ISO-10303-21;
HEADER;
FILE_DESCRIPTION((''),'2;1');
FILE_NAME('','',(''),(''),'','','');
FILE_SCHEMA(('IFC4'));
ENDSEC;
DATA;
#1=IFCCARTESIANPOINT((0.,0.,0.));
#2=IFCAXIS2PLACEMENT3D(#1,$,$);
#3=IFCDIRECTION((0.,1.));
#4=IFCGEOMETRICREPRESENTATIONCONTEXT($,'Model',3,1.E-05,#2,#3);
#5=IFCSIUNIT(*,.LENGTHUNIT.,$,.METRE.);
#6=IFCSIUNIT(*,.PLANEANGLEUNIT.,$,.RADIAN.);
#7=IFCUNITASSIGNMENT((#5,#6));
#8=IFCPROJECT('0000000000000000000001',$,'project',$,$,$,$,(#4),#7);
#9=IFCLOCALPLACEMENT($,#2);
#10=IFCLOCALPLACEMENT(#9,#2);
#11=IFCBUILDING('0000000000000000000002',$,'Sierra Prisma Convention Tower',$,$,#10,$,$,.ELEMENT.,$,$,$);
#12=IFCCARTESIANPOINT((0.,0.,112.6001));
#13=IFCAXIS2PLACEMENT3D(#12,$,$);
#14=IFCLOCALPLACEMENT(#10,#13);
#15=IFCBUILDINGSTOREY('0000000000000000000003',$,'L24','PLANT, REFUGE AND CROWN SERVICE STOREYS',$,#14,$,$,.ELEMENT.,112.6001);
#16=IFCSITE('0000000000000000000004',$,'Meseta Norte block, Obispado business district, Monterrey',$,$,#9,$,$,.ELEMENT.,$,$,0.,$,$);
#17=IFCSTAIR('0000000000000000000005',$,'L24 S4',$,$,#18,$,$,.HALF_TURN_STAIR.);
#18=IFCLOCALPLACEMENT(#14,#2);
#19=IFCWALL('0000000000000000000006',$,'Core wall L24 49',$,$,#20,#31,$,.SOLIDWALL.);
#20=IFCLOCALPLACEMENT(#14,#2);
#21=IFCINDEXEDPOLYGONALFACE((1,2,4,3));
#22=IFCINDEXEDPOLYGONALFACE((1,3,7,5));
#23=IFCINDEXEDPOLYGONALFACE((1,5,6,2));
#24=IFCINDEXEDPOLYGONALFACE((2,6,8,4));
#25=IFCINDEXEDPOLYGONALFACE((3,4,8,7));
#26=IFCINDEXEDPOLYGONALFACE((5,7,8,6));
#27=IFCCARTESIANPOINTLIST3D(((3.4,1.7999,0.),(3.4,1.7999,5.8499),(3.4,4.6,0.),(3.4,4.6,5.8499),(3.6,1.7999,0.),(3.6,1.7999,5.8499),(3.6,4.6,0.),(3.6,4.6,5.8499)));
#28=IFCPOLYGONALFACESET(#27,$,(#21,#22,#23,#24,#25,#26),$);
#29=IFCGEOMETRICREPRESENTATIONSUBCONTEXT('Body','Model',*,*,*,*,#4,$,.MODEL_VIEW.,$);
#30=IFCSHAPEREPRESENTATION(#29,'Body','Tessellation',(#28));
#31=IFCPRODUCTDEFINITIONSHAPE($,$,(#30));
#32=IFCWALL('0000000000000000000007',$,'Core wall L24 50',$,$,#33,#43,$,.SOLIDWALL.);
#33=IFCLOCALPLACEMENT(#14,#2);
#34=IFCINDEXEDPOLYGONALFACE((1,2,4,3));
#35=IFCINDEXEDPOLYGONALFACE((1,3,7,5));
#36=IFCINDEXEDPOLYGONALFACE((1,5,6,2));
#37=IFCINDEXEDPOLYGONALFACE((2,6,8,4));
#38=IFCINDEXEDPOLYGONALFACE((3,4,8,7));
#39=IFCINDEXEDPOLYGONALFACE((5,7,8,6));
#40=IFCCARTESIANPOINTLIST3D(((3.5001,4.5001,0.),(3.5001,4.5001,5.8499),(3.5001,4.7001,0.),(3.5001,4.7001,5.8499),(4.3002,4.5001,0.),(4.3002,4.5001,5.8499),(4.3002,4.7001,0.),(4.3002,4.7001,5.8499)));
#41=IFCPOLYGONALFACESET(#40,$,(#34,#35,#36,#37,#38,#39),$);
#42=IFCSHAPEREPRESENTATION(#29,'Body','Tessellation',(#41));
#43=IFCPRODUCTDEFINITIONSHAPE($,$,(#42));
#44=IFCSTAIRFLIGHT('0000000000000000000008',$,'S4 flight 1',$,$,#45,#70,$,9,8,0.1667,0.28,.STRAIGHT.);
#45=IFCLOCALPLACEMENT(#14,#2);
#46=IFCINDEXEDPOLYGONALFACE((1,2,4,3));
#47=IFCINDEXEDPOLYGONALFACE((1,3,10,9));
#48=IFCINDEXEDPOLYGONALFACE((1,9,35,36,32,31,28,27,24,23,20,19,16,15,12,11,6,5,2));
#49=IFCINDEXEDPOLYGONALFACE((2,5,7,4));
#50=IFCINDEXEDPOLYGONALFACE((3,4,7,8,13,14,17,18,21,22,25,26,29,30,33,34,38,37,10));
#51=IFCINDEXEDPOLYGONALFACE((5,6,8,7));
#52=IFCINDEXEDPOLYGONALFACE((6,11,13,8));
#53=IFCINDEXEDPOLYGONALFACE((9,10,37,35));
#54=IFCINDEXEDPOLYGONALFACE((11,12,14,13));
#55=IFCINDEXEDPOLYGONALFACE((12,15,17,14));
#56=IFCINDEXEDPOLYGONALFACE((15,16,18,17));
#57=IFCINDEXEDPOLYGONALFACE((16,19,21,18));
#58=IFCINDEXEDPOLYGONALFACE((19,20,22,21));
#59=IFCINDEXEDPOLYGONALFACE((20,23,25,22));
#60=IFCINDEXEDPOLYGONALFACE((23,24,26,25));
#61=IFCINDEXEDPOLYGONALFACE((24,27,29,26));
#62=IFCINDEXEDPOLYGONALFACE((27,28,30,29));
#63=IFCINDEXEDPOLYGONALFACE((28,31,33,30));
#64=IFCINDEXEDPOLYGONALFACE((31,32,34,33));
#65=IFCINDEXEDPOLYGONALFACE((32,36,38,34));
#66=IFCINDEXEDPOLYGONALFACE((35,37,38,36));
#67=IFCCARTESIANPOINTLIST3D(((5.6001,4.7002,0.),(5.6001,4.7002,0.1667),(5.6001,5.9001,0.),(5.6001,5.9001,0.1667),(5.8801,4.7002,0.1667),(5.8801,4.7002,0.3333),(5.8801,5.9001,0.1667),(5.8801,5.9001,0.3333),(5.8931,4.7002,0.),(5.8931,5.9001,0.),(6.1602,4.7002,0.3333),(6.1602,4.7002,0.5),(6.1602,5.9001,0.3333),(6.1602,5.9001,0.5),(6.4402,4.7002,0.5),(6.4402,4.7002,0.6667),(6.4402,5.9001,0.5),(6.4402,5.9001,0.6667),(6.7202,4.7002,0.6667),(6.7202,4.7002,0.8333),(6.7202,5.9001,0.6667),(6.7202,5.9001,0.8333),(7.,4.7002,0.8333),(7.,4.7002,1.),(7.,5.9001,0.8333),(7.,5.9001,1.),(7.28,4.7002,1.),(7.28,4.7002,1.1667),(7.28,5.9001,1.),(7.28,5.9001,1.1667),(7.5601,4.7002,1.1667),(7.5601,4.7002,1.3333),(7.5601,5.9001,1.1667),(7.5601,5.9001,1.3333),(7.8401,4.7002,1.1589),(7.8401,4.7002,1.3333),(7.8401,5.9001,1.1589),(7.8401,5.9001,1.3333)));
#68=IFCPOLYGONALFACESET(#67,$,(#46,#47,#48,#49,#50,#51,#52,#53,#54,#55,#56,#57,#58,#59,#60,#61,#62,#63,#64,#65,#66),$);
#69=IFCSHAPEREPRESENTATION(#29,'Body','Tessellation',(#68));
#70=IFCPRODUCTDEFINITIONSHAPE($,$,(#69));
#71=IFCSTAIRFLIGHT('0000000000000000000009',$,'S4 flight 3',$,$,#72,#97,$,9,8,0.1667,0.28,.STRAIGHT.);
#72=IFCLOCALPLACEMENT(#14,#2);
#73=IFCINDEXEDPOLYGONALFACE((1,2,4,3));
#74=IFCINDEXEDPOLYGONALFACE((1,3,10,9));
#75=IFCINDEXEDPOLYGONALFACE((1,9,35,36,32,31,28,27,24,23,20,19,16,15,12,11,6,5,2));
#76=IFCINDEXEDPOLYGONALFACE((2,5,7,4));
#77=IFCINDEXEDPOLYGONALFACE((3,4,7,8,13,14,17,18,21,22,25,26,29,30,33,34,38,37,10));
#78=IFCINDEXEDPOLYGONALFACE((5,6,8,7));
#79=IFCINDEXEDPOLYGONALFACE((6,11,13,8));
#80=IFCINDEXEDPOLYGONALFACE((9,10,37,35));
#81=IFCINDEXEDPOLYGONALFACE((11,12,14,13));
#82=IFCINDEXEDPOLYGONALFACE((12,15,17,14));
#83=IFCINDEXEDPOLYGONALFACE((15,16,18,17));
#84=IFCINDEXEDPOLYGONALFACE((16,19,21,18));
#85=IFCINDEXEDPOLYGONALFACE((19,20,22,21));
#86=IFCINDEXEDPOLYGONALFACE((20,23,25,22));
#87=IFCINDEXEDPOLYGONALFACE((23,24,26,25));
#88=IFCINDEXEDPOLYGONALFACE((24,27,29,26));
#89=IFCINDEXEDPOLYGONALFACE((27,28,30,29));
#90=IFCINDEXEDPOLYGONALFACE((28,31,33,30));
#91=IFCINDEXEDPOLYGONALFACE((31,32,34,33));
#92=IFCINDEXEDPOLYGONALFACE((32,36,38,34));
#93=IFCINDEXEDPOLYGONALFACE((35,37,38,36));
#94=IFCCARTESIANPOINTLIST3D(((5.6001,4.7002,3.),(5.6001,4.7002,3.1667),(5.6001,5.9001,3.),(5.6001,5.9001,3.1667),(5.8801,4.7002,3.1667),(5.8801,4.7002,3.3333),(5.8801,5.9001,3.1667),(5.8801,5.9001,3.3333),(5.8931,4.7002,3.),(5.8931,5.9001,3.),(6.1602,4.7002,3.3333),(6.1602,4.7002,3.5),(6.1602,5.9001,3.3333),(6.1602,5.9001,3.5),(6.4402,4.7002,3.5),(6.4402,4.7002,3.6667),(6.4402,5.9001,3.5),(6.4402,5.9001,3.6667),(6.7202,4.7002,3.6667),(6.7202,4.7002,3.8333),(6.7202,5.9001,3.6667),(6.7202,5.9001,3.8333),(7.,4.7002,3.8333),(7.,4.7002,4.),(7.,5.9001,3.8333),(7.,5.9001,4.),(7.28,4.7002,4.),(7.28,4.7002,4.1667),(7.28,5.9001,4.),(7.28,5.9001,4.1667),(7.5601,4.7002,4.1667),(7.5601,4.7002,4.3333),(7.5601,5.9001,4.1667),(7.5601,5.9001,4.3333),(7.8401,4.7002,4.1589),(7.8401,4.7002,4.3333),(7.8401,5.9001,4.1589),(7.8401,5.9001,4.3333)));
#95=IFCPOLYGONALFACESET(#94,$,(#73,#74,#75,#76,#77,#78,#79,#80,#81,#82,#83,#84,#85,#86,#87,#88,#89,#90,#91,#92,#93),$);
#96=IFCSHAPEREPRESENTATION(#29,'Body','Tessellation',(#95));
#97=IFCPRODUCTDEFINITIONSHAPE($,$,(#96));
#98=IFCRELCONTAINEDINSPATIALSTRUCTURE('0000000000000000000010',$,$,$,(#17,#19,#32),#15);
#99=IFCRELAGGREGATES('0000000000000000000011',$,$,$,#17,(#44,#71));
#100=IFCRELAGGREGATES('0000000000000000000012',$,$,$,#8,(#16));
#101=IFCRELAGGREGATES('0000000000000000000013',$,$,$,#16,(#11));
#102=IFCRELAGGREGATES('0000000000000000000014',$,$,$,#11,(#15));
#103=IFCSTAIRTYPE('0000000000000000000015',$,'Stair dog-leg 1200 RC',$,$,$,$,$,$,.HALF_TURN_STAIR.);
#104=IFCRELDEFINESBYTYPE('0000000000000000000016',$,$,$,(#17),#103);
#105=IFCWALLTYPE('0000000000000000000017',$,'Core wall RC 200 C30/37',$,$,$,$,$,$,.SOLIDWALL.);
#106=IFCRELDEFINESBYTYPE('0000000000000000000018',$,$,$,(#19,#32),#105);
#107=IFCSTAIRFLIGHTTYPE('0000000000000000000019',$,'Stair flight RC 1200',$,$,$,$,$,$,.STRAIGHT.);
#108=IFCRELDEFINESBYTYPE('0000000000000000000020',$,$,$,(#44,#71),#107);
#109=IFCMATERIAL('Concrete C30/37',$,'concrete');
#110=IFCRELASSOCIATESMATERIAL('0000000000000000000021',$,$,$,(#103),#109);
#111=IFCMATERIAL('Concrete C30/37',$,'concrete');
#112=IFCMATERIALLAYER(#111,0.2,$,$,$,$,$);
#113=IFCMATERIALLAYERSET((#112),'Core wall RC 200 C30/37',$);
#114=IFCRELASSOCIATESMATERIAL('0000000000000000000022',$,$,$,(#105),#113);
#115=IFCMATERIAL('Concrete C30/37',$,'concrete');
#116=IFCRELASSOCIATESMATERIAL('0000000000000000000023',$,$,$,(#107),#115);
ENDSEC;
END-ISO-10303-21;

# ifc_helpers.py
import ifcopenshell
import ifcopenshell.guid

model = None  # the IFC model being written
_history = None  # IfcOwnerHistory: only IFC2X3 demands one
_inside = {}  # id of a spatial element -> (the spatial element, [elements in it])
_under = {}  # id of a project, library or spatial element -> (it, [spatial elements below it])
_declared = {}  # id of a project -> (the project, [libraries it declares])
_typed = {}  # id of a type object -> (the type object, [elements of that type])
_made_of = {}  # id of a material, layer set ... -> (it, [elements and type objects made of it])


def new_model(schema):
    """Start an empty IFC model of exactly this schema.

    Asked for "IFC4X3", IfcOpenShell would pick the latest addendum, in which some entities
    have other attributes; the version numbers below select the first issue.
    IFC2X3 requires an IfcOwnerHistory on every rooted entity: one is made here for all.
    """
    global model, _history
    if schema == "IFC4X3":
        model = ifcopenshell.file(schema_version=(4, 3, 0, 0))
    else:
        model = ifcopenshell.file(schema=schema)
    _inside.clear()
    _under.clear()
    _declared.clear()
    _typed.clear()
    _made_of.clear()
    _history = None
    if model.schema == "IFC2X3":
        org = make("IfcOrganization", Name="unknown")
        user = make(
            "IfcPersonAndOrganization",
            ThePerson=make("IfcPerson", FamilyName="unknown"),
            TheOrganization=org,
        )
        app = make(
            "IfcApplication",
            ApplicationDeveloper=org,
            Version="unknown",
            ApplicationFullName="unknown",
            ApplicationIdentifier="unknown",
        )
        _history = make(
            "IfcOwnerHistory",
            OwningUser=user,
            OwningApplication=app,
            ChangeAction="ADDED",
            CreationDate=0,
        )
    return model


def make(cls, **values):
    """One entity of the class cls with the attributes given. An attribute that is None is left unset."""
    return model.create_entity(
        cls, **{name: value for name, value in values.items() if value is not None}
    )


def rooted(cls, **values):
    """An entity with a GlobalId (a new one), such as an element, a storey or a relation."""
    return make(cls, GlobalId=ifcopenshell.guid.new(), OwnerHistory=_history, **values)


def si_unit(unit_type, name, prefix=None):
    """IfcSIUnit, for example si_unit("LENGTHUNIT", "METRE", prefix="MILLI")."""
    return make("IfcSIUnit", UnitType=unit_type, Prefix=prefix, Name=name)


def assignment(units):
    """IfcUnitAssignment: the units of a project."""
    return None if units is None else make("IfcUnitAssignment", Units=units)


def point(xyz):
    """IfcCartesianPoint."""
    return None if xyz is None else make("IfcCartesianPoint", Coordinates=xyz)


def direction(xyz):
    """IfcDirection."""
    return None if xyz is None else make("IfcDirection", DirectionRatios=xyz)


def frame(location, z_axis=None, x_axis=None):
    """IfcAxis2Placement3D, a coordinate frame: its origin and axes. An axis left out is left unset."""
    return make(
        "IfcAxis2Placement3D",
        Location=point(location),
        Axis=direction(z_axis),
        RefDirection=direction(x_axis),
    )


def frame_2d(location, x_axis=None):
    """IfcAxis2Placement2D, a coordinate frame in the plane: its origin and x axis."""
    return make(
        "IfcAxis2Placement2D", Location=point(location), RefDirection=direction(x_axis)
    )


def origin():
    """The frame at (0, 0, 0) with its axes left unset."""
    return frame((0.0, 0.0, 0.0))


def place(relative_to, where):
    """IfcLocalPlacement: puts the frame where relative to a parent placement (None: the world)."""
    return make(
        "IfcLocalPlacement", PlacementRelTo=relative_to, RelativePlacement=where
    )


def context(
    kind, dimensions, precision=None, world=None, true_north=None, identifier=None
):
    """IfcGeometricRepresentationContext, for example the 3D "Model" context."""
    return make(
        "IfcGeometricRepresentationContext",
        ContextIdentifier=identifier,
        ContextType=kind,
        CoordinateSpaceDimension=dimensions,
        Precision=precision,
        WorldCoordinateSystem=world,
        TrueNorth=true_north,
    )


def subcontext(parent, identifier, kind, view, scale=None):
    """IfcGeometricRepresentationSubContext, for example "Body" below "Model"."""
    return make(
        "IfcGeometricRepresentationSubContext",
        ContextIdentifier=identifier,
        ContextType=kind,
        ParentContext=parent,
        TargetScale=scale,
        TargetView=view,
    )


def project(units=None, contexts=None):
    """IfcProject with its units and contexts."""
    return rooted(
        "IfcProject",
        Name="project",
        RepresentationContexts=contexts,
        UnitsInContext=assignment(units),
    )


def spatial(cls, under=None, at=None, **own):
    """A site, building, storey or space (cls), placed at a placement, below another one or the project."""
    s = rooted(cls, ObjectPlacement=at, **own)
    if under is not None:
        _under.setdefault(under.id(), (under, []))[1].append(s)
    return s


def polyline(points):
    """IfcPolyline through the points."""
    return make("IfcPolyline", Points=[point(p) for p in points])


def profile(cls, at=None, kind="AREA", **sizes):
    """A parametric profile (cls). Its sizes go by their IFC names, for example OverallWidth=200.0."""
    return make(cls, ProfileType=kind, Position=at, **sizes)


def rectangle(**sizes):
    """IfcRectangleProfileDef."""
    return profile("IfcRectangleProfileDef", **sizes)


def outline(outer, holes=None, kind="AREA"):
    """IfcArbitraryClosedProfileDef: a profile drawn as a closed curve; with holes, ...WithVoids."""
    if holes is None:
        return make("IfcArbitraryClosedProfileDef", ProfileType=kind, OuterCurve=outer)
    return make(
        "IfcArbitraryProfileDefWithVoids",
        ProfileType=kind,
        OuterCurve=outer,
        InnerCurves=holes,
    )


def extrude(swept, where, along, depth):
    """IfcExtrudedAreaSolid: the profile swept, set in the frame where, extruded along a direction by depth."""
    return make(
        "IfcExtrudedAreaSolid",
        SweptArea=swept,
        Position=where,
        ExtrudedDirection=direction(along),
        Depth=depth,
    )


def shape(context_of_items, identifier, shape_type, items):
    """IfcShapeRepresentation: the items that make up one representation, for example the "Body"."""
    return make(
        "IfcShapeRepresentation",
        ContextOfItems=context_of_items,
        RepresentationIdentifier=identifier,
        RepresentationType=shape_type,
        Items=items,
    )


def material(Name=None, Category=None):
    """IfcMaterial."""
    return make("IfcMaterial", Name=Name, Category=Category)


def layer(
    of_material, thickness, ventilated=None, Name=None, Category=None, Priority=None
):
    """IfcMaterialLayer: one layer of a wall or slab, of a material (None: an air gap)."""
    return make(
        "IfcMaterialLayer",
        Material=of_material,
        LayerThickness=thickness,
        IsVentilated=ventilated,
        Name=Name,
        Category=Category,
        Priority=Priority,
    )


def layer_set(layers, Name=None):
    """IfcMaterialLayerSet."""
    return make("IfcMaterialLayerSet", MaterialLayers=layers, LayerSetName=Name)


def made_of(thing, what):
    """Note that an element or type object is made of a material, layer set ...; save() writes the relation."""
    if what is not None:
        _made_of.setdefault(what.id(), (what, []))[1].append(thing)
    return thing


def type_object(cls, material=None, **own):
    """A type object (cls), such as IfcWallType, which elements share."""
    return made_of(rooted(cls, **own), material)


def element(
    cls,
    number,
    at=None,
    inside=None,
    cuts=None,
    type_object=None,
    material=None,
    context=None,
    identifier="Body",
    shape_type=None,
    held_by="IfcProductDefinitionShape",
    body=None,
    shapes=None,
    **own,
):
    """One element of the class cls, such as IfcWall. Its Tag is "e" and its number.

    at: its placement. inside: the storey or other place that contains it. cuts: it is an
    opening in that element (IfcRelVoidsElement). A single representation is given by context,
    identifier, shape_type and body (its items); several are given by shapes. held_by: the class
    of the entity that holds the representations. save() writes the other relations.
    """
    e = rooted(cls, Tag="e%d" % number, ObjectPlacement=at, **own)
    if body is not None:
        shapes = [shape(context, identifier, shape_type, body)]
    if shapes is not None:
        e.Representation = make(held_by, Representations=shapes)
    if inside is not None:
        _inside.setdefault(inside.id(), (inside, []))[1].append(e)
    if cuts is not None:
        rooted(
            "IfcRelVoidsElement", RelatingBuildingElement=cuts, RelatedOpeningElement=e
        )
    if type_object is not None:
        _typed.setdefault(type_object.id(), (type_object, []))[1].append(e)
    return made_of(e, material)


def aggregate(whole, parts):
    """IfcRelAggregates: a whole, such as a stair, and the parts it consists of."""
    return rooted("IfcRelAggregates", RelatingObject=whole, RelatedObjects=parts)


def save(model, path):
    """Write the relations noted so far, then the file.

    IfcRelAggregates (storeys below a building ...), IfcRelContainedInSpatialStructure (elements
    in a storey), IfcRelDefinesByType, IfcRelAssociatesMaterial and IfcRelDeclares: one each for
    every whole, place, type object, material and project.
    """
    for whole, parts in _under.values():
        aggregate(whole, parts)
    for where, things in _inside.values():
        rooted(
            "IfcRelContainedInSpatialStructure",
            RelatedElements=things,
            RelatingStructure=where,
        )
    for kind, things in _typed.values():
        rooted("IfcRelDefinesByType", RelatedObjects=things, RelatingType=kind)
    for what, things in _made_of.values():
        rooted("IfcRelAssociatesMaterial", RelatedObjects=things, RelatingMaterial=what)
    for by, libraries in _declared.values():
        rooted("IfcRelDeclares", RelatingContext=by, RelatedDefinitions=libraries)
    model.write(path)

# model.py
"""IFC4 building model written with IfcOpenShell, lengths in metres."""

from ifc_helpers import new_model, si_unit, direction, frame, frame_2d, origin, place, context, subcontext, project, spatial, polyline, rectangle, outline, extrude, material, layer, layer_set, type_object, element, aggregate, save


model = new_model("IFC4")

# Units and contexts
model_context = context("Model", 3, precision=1e-05, world=origin(), true_north=direction((0.0, 1.0)))
body_context = subcontext(model_context, "Body", "Model", "MODEL_VIEW")
ifc_project = project(units=[si_unit("LENGTHUNIT", "METRE"), si_unit("PLANEANGLEUNIT", "RADIAN")], contexts=[model_context])

# Site, building, storey
site_placement = place(None, origin())
site = spatial("IfcSite", under=ifc_project, at=site_placement, Name="Meseta Norte block, Obispado business district, Monterrey", CompositionType="ELEMENT", RefElevation=0.0)
building_placement = place(site_placement, origin())
building = spatial("IfcBuilding", under=site, at=building_placement, Name="Sierra Prisma Convention Tower", CompositionType="ELEMENT")
storey_placement = place(building_placement, frame((0.0, 0.0, 112.6001)))
storey = spatial("IfcBuildingStorey", under=building, at=storey_placement, Name="L24", Description="PLANT, REFUGE AND CROWN SERVICE STOREYS", CompositionType="ELEMENT", Elevation=112.6001)

# Shared definitions
ifc_material_1 = material(Name="Concrete C30/37", Category="concrete")
stair_type = type_object("IfcStairType", Name="Stair dog-leg 1200 RC", PredefinedType="HALF_TURN_STAIR", material=ifc_material_1)

# Stair
stair_1_placement = place(storey_placement, origin())
stair_1 = element("IfcStair", 1, at=stair_1_placement, inside=storey, type_object=stair_type, Name="L24 S4", PredefinedType="HALF_TURN_STAIR")

# Shared definitions
ifc_material_2 = material(Name="Concrete C30/37", Category="concrete")
ifc_layer_1 = layer(ifc_material_2, 0.2)
ifc_layer_set_1 = layer_set([ifc_layer_1], Name="Core wall RC 200 C30/37")
wall_type = type_object("IfcWallType", Name="Core wall RC 200 C30/37", PredefinedType="SOLIDWALL", material=ifc_layer_set_1)

# Walls
wall_1_placement = place(storey_placement, frame((3.5, 1.8, 0.0), z_axis=(0.0, 0.0, 1.0), x_axis=(0.0, 1.0, 0.0)))
element("IfcWall", 2, at=wall_1_placement, inside=storey, type_object=wall_type, Name="Core wall L24 49", PredefinedType="SOLIDWALL", context=body_context, shape_type="SweptSolid", body=[
    extrude(rectangle(XDim=2.8, YDim=0.2, at=frame_2d((1.3999, 0.0))), origin(), (0.0, 0.0, 1.0), 5.8499),
])
wall_2_placement = place(storey_placement, frame((4.3, 4.6001, 0.0), z_axis=(0.0, 0.0, 1.0), x_axis=(-1.0, 0.0, 0.0)))
element("IfcWall", 3, at=wall_2_placement, inside=storey, type_object=wall_type, Name="Core wall L24 50", PredefinedType="SOLIDWALL", context=body_context, shape_type="SweptSolid", body=[
    extrude(rectangle(XDim=0.8, YDim=0.2, at=frame_2d((0.3999, 0.0))), origin(), (0.0, 0.0, 1.0), 5.8499),
])

# Stair flights
ifc_material_3 = material(Name="Concrete C30/37", Category="concrete")
stair_flight_type = type_object("IfcStairFlightType", Name="Stair flight RC 1200", PredefinedType="STRAIGHT", material=ifc_material_3)
stair_flight_1_placement = place(storey_placement, frame((5.6001, 5.3, 0.0), z_axis=(0.0, 0.0, 1.0), x_axis=(1.0, 0.0, 0.0)))
stair_flight_1 = element("IfcStairFlight", 4, at=stair_flight_1_placement, type_object=stair_flight_type, Name="S4 flight 1", NumberOfRisers=9, NumberOfTreads=8, PredefinedType="STRAIGHT", RiserHeight=0.1667, TreadLength=0.28, context=body_context, shape_type="SweptSolid", body=[
    extrude(outline(polyline([(0.0, 0.0), (0.0, 0.1667), (0.28, 0.1667), (0.28, 0.3333), (0.5601, 0.3333), (0.5601, 0.5), (0.8401, 0.5), (0.8401, 0.6667), (1.1201, 0.6667), (1.1201, 0.8333), (1.3999, 0.8333), (1.3999, 1.0), (1.6799, 1.0), (1.6799, 1.1667), (1.96, 1.1667), (1.96, 1.3333), (2.24, 1.3333), (2.24, 1.5), (2.24, 1.1589), (0.293, 0.0), (0.0, 0.0)])), frame((0.0, 0.6001, 0.0), z_axis=(0.0, -1.0, 0.0), x_axis=(1.0, 0.0, 0.0)), (0.0, 0.0, 1.0), 1.2),
])
stair_flight_2_placement = place(storey_placement, frame((5.6001, 5.3, 3.0), z_axis=(0.0, 0.0, 1.0), x_axis=(1.0, 0.0, 0.0)))
stair_flight_2 = element("IfcStairFlight", 5, at=stair_flight_2_placement, type_object=stair_flight_type, Name="S4 flight 3", NumberOfRisers=9, NumberOfTreads=8, PredefinedType="STRAIGHT", RiserHeight=0.1667, TreadLength=0.28, context=body_context, shape_type="SweptSolid", body=[
    extrude(outline(polyline([(0.0, 0.0), (0.0, 0.1667), (0.28, 0.1667), (0.28, 0.3333), (0.5601, 0.3333), (0.5601, 0.5), (0.8401, 0.5), (0.8401, 0.6667), (1.1201, 0.6667), (1.1201, 0.8333), (1.3999, 0.8333), (1.3999, 1.0), (1.6799, 1.0), (1.6799, 1.1667), (1.96, 1.1667), (1.96, 1.3333), (2.24, 1.3333), (2.24, 1.5), (2.24, 1.1589), (0.293, 0.0), (0.0, 0.0)])), frame((0.0, 0.6001, 0.0), z_axis=(0.0, -1.0, 0.0), x_axis=(1.0, 0.0, 0.0)), (0.0, 0.0, 1.0), 1.2),
])
aggregate(stair_1, [stair_flight_1, stair_flight_2])

save(model, "model.ifc")
